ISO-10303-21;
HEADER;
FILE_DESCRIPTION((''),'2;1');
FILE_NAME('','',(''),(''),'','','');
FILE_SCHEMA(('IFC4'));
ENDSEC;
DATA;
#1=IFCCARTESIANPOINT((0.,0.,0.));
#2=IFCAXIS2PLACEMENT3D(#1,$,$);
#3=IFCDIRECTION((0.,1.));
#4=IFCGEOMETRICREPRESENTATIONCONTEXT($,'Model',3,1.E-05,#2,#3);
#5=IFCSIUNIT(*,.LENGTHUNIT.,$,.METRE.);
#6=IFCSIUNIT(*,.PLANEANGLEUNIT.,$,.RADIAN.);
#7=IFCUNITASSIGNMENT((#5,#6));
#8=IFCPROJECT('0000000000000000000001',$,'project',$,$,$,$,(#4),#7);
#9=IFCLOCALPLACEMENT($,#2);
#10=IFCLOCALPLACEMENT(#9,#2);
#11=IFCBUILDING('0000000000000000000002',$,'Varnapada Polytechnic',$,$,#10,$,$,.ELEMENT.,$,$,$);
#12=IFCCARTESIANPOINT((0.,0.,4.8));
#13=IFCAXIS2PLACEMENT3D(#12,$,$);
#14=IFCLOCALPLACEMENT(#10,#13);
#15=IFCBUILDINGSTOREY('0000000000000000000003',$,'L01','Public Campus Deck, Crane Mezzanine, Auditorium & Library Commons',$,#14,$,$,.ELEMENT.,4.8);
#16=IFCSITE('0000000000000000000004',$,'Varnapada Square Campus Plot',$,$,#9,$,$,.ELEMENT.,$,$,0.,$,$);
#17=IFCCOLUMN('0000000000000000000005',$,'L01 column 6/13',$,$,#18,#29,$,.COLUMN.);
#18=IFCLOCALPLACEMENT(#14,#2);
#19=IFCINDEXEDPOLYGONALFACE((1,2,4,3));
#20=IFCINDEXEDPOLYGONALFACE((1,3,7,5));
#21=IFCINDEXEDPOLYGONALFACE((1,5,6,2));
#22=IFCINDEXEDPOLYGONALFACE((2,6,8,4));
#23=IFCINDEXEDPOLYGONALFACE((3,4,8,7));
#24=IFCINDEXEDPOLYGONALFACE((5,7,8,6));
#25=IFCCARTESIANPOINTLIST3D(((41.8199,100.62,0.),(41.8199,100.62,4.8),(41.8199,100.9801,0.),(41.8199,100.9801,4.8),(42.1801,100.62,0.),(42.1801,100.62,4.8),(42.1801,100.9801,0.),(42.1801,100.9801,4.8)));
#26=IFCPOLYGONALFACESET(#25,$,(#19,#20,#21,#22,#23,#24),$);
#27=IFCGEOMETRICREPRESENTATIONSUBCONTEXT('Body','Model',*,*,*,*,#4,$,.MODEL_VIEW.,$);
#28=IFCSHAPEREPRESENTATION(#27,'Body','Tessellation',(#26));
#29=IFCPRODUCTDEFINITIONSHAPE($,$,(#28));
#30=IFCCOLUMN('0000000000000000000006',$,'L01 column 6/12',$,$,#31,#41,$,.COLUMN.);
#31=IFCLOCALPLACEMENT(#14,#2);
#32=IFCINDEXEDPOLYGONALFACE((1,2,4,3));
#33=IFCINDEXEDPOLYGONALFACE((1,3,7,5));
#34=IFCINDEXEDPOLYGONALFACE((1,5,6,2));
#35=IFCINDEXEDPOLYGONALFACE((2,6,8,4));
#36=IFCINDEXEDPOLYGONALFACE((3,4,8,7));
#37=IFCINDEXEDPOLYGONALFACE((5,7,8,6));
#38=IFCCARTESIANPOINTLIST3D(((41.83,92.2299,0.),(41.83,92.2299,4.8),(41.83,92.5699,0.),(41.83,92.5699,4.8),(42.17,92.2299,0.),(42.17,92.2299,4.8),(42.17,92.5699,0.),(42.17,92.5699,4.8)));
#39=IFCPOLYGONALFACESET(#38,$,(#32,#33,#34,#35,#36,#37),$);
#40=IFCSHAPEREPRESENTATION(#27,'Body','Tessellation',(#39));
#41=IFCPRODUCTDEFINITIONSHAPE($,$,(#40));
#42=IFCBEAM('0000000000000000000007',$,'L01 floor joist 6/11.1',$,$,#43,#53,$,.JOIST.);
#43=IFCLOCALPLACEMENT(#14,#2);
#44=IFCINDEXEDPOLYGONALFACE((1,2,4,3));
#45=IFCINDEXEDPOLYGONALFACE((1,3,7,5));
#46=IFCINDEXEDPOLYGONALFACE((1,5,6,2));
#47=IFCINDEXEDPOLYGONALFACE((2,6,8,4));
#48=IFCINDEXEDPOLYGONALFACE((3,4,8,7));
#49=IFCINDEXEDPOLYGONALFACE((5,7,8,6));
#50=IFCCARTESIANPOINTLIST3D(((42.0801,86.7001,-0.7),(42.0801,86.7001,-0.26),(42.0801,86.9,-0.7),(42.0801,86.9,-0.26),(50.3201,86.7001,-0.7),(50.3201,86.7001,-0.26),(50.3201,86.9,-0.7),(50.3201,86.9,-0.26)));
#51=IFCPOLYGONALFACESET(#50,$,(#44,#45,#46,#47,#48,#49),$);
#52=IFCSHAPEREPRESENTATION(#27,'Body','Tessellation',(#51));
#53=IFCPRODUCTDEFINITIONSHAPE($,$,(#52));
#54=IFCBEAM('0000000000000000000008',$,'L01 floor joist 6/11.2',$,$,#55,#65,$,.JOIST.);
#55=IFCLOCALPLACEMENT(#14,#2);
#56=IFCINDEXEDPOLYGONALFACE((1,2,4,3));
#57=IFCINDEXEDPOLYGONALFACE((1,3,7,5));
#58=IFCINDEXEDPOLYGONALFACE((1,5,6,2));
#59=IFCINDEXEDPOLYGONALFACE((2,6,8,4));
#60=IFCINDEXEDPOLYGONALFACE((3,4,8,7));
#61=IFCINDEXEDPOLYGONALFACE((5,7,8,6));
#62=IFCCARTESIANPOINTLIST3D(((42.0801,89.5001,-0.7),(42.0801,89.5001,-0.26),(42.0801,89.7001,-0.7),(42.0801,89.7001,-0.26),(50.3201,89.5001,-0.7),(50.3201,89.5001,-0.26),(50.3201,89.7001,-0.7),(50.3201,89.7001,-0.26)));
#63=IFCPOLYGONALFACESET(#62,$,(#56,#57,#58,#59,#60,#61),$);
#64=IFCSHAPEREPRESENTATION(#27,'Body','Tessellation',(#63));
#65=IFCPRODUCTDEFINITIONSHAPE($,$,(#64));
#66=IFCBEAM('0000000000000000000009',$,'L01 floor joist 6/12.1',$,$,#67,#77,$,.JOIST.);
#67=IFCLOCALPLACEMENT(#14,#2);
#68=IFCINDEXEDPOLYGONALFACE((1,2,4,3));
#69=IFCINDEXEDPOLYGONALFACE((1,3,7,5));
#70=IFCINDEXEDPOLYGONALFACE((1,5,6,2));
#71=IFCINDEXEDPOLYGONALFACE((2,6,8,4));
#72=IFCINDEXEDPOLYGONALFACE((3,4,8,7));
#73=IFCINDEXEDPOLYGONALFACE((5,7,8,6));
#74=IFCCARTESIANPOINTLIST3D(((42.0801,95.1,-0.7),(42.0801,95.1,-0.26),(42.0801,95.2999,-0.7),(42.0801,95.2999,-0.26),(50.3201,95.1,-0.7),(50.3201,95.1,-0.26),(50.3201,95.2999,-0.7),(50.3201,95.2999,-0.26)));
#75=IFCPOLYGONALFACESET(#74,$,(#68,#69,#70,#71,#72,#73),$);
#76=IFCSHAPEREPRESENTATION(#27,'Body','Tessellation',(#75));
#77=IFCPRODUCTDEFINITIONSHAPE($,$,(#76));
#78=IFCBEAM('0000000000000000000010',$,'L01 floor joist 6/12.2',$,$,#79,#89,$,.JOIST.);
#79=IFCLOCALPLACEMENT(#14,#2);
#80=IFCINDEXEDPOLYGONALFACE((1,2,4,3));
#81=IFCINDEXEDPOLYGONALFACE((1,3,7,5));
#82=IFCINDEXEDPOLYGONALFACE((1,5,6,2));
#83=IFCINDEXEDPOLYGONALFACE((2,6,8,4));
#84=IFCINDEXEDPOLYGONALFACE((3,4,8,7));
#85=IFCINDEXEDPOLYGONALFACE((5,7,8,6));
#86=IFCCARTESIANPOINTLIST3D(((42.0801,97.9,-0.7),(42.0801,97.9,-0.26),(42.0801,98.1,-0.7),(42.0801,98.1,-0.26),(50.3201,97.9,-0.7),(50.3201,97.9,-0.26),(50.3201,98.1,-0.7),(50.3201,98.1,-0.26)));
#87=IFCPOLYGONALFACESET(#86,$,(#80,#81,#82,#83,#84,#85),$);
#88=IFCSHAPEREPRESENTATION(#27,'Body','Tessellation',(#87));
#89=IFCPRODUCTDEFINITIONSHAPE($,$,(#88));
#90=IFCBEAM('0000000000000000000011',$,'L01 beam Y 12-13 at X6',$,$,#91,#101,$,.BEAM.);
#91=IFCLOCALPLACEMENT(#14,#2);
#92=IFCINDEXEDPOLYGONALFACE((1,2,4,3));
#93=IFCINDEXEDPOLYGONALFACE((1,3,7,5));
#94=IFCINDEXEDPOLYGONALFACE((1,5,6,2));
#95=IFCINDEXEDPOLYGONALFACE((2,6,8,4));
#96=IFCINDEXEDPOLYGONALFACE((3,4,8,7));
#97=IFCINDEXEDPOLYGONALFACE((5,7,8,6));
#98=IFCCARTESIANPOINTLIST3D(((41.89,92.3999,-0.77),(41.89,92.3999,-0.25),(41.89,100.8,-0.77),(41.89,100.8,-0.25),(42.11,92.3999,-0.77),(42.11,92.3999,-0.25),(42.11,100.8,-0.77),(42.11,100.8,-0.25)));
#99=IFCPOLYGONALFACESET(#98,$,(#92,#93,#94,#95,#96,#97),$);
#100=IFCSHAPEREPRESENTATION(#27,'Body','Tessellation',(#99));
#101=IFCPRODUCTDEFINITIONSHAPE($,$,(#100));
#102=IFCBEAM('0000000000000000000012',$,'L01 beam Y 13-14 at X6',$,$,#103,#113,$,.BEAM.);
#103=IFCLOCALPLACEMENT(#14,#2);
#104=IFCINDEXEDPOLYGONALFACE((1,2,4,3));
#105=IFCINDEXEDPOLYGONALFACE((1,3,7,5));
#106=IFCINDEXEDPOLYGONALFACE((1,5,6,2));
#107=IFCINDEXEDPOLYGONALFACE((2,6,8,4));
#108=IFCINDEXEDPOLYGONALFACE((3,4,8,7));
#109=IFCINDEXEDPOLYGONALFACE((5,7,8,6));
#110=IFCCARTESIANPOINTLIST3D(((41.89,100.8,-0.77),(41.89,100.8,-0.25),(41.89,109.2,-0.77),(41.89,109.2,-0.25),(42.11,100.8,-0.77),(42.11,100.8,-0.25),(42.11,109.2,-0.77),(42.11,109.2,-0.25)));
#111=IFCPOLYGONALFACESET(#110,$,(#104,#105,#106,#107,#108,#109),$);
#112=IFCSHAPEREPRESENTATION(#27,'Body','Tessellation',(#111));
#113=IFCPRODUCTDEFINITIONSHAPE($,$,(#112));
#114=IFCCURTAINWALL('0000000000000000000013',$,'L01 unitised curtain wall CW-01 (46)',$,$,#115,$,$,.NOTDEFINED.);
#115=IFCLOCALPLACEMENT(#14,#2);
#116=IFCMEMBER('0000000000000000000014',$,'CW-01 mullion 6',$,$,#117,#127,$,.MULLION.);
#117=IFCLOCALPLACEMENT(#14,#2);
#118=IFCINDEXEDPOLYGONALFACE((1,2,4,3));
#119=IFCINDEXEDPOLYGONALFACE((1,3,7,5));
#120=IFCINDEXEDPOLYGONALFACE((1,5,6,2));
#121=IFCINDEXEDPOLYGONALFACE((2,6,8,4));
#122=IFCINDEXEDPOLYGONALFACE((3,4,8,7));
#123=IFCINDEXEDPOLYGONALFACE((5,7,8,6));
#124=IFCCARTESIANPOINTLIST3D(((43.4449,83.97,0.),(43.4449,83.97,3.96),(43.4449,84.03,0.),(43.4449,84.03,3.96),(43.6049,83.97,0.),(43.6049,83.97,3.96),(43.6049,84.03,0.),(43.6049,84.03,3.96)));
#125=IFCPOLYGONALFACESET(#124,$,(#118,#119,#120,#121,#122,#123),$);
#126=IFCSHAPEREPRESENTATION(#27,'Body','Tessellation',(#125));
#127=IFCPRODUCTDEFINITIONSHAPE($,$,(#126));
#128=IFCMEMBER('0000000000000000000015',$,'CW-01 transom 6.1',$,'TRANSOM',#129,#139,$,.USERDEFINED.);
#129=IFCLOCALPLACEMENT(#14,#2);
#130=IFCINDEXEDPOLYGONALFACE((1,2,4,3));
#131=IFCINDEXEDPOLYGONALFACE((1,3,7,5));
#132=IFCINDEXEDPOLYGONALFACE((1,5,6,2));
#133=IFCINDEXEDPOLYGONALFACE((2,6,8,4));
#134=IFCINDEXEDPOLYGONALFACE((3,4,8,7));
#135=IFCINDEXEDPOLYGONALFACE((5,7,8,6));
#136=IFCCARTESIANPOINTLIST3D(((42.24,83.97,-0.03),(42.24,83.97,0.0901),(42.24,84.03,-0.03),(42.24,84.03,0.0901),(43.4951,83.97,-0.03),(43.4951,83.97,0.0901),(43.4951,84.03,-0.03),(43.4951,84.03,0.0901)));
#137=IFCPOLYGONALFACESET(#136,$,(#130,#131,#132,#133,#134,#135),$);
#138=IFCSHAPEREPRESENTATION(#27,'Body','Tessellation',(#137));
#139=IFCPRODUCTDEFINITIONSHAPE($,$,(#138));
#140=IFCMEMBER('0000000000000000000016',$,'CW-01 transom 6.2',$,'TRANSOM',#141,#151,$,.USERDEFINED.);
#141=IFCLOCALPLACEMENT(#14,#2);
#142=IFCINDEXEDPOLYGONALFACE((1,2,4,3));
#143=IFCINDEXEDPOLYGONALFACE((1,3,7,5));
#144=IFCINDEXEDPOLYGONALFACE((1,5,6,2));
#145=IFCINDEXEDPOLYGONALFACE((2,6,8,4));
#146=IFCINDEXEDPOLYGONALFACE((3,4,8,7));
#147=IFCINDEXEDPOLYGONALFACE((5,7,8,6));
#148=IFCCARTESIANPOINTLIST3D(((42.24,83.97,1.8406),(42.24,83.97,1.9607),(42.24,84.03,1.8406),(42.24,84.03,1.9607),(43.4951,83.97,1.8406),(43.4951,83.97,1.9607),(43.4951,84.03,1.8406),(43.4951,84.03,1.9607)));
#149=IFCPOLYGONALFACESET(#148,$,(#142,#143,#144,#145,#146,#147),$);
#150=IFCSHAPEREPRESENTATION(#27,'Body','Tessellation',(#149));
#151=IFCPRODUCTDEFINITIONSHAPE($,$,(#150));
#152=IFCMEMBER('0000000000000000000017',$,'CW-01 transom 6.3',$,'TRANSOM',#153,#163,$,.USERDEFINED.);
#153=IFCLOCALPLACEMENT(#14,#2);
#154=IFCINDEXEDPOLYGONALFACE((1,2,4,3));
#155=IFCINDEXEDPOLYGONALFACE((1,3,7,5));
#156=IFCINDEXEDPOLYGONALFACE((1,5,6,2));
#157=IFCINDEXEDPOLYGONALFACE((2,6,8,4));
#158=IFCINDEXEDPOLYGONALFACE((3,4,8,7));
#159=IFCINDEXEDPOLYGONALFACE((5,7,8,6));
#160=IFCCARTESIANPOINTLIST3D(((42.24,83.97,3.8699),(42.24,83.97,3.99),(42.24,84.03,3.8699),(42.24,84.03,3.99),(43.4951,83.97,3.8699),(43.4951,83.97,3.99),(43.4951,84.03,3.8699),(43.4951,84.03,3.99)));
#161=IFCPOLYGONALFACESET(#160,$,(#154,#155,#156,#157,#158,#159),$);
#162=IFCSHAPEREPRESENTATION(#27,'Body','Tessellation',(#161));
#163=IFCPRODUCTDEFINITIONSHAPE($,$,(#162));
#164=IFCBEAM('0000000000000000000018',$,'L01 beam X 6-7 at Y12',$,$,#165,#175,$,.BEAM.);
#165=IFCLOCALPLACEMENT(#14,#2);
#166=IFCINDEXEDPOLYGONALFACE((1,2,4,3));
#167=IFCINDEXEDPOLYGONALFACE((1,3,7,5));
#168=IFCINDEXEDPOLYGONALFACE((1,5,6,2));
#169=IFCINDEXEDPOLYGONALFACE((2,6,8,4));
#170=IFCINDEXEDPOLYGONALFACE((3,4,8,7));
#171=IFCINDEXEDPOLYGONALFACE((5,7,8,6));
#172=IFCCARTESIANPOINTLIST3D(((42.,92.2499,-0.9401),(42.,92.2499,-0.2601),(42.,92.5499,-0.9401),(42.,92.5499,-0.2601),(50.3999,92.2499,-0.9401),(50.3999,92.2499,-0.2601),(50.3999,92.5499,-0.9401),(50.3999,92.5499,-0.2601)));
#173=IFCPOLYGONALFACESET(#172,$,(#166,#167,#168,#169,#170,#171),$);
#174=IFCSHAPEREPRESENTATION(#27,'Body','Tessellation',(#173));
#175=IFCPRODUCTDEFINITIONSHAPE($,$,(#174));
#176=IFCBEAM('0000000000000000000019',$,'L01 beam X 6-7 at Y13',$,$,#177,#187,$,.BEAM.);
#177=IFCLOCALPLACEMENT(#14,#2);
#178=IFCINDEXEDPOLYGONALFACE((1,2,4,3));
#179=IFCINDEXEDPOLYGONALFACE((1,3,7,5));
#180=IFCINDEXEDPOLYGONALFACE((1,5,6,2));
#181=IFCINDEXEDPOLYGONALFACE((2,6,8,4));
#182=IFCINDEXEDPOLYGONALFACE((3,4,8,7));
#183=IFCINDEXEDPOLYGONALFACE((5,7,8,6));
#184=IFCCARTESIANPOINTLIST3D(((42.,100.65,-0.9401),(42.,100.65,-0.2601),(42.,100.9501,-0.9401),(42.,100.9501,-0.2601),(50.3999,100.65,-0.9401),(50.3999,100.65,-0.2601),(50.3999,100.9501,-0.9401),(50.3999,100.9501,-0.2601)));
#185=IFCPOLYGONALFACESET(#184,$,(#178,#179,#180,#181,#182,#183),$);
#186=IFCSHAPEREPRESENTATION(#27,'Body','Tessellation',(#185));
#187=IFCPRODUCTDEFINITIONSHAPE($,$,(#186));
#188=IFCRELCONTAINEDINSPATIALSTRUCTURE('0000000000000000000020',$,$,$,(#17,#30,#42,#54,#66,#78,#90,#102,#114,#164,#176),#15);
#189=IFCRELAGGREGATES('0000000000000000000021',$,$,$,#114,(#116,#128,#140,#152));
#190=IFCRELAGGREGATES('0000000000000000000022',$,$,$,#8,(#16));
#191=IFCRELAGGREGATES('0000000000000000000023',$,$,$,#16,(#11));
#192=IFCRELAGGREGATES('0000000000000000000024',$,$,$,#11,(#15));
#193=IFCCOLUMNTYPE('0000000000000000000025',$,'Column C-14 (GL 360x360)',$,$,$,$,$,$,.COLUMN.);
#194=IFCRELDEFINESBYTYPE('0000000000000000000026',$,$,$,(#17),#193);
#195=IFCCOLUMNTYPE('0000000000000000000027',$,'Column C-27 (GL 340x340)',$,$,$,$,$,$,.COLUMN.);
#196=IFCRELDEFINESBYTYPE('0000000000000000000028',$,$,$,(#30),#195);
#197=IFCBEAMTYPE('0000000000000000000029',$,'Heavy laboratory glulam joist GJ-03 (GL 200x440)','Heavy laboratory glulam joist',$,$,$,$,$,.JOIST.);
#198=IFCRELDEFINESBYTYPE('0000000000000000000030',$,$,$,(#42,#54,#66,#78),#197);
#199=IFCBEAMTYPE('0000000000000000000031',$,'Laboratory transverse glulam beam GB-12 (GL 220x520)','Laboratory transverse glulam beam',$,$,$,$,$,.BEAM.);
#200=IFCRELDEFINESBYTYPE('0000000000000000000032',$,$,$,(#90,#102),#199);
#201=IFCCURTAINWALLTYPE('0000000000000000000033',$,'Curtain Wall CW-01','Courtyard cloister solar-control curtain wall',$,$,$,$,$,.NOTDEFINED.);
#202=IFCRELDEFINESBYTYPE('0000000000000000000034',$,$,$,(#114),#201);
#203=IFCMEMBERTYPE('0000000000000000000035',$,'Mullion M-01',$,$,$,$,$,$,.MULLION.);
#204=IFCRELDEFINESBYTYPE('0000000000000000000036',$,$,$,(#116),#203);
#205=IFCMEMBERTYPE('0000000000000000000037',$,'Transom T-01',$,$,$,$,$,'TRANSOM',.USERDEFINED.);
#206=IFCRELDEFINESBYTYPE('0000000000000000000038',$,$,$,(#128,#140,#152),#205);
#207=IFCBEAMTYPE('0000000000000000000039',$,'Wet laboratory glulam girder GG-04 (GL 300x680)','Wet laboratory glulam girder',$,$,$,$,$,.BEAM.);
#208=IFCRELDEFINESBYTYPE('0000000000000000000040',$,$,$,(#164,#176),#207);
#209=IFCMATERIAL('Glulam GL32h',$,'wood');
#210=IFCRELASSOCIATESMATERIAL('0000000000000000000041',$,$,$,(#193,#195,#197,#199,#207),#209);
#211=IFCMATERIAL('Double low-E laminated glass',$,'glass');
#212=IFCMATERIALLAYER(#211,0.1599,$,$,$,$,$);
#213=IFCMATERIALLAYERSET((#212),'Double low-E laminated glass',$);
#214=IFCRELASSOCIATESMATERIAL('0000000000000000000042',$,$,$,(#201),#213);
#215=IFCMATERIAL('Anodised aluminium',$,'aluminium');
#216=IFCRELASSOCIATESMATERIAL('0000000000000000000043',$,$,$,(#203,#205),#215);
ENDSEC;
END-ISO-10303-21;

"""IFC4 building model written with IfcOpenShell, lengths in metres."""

from ifc_helpers import new_model, si_unit, direction, frame, origin, origin_2d, place, context, subcontext, project, spatial, rectangle, extrude, material, layer, layer_set, material_profile, profile_set, type_object, element, aggregate, save


model = new_model("IFC4")

# Units and contexts
model_context = context("Model", 3, precision=1e-05, world=origin(), true_north=direction((0.0, 1.0)))
body_context = subcontext(model_context, "Body", "Model", "MODEL_VIEW")
ifc_project = project(units=[si_unit("LENGTHUNIT", "METRE"), si_unit("PLANEANGLEUNIT", "RADIAN")], contexts=[model_context])

# Site, building, storey
site_placement = place(None, origin())
site = spatial("IfcSite", under=ifc_project, at=site_placement, Name="Varnapada Square Campus Plot", CompositionType="ELEMENT", RefElevation=0.0)
building_placement = place(site_placement, origin())
building = spatial("IfcBuilding", under=site, at=building_placement, Name="Varnapada Polytechnic", CompositionType="ELEMENT")
storey_placement = place(building_placement, frame((0.0, 0.0, 4.8)))
storey = spatial("IfcBuildingStorey", under=building, at=storey_placement, Name="L01", Description="Public Campus Deck, Crane Mezzanine, Auditorium & Library Commons", CompositionType="ELEMENT", Elevation=4.8)

# Columns
ifc_material_1 = material(Name="Glulam GL32h", Category="wood")
ifc_material_profile_1 = material_profile(ifc_material_1, rectangle(XDim=0.3601, YDim=0.3601, at=origin_2d()), Name="GL 360x360")
ifc_profile_set_1 = profile_set([ifc_material_profile_1], Name="Glulam GL32h")
column_type_1 = type_object("IfcColumnType", Name="Column C-14 (GL 360x360)", PredefinedType="COLUMN", material=ifc_profile_set_1)
column_1_placement = place(storey_placement, frame((42.0, 100.8, 0.0), z_axis=(0.0, 0.0, 1.0), x_axis=(1.0, 0.0, 0.0)))
element("IfcColumn", 1, at=column_1_placement, inside=storey, type_object=column_type_1, Name="L01 column 6/13", PredefinedType="COLUMN", context=body_context, shape_type="SweptSolid", body=[
    extrude(rectangle(XDim=0.3601, YDim=0.3601, at=origin_2d()), origin(), (0.0, 0.0, 1.0), 4.8),
])
ifc_material_profile_2 = material_profile(ifc_material_1, rectangle(XDim=0.3401, YDim=0.3401, at=origin_2d()), Name="GL 340x340")
ifc_profile_set_2 = profile_set([ifc_material_profile_2], Name="Glulam GL32h")
column_type_2 = type_object("IfcColumnType", Name="Column C-27 (GL 340x340)", PredefinedType="COLUMN", material=ifc_profile_set_2)
column_2_placement = place(storey_placement, frame((42.0, 92.3999, 0.0), z_axis=(0.0, 0.0, 1.0), x_axis=(1.0, 0.0, 0.0)))
element("IfcColumn", 2, at=column_2_placement, inside=storey, type_object=column_type_2, Name="L01 column 6/12", PredefinedType="COLUMN", context=body_context, shape_type="SweptSolid", body=[
    extrude(rectangle(XDim=0.3401, YDim=0.3401, at=origin_2d()), origin(), (0.0, 0.0, 1.0), 4.8),
])

# Beams
ifc_material_profile_3 = material_profile(ifc_material_1, rectangle(XDim=0.2, YDim=0.4399, at=origin_2d()), Name="GL 200x440")
ifc_profile_set_3 = profile_set([ifc_material_profile_3], Name="Glulam GL32h")
beam_type_1 = type_object("IfcBeamType", Name="Heavy laboratory glulam joist GJ-03 (GL 200x440)", Description="Heavy laboratory glulam joist", PredefinedType="JOIST", material=ifc_profile_set_3)
for number, where, z_axis, x_axis, name in (
    (3, (42.0801, 86.8, -0.48), (1.0, 0.0, 0.0), (0.0, 1.0, 0.0), "L01 floor joist 6/11.1"),
    (4, (42.0801, 89.6001, -0.48), (1.0, 0.0, 0.0), (0.0, 1.0, 0.0), "L01 floor joist 6/11.2"),
    (5, (42.0801, 95.2, -0.48), (1.0, 0.0, 0.0), (0.0, 1.0, 0.0), "L01 floor joist 6/12.1"),
    (6, (42.0801, 98.0, -0.48), (1.0, 0.0, 0.0), (0.0, 1.0, 0.0), "L01 floor joist 6/12.2"),
):
    element("IfcBeam", number, at=place(storey_placement, frame(where, z_axis=z_axis, x_axis=x_axis)), inside=storey, type_object=beam_type_1, Name=name, PredefinedType="JOIST", context=body_context, shape_type="SweptSolid", body=[
        extrude(rectangle(XDim=0.2, YDim=0.4399, at=origin_2d()), origin(), (0.0, 0.0, 1.0), 8.24),
    ])
ifc_material_profile_4 = material_profile(ifc_material_1, rectangle(XDim=0.22, YDim=0.52, at=origin_2d()), Name="GL 220x520")
ifc_profile_set_4 = profile_set([ifc_material_profile_4], Name="Glulam GL32h")
beam_type_2 = type_object("IfcBeamType", Name="Laboratory transverse glulam beam GB-12 (GL 220x520)", Description="Laboratory transverse glulam beam", PredefinedType="BEAM", material=ifc_profile_set_4)
beam_1_placement = place(storey_placement, frame((42.0, 92.3999, -0.51), z_axis=(0.0, 1.0, 0.0), x_axis=(-1.0, 0.0, 0.0)))
element("IfcBeam", 7, at=beam_1_placement, inside=storey, type_object=beam_type_2, Name="L01 beam Y 12-13 at X6", PredefinedType="BEAM", context=body_context, shape_type="SweptSolid", body=[
    extrude(rectangle(XDim=0.22, YDim=0.52, at=origin_2d()), origin(), (0.0, 0.0, 1.0), 8.4001),
])
beam_2_placement = place(storey_placement, frame((42.0, 100.8, -0.51), z_axis=(0.0, 1.0, 0.0), x_axis=(-1.0, 0.0, 0.0)))
element("IfcBeam", 8, at=beam_2_placement, inside=storey, type_object=beam_type_2, Name="L01 beam Y 13-14 at X6", PredefinedType="BEAM", context=body_context, shape_type="SweptSolid", body=[
    extrude(rectangle(XDim=0.22, YDim=0.52, at=origin_2d()), origin(), (0.0, 0.0, 1.0), 8.3999),
])

# Curtain wall, members
ifc_material_2 = material(Name="Double low-E laminated glass", Category="glass")
ifc_layer_1 = layer(ifc_material_2, 0.1599)
ifc_layer_set_1 = layer_set([ifc_layer_1], Name="Double low-E laminated glass")
curtain_wall_type = type_object("IfcCurtainWallType", Name="Curtain Wall CW-01", Description="Courtyard cloister solar-control curtain wall", PredefinedType="NOTDEFINED", material=ifc_layer_set_1)
curtain_wall_placement = place(storey_placement, origin())
curtain_wall = element("IfcCurtainWall", 9, at=curtain_wall_placement, inside=storey, type_object=curtain_wall_type, Name="L01 unitised curtain wall CW-01 (46)", PredefinedType="NOTDEFINED")
ifc_material_3 = material(Name="Anodised aluminium", Category="aluminium")
ifc_material_profile_5 = material_profile(ifc_material_3, rectangle(XDim=0.0601, YDim=0.1599, at=origin_2d()), Name="ALU M60x160")
ifc_profile_set_5 = profile_set([ifc_material_profile_5], Name="Anodised aluminium")
member_type_1 = type_object("IfcMemberType", Name="Mullion M-01", PredefinedType="MULLION", material=ifc_profile_set_5)
member_1_placement = place(storey_placement, frame((43.5249, 84.0, 0.0), z_axis=(0.0, 0.0, 1.0), x_axis=(0.0, -1.0, 0.0)))
member_1 = element("IfcMember", 10, at=member_1_placement, type_object=member_type_1, Name="CW-01 mullion 6", PredefinedType="MULLION", context=body_context, shape_type="SweptSolid", body=[
    extrude(rectangle(XDim=0.0601, YDim=0.1599, at=origin_2d()), origin(), (0.0, 0.0, 1.0), 3.96),
])
ifc_material_profile_6 = material_profile(ifc_material_3, rectangle(XDim=0.0601, YDim=0.1201, at=origin_2d()), Name="ALU T60x120")
ifc_profile_set_6 = profile_set([ifc_material_profile_6], Name="Anodised aluminium")
member_type_2 = type_object("IfcMemberType", Name="Transom T-01", ElementType="TRANSOM", PredefinedType="USERDEFINED", material=ifc_profile_set_6)
member_2_placement = place(storey_placement, frame((43.4951, 84.0, 0.03), z_axis=(-1.0, 0.0, 0.0), x_axis=(0.0, -1.0, 0.0)))
member_2 = element("IfcMember", 11, at=member_2_placement, type_object=member_type_2, Name="CW-01 transom 6.1", ObjectType="TRANSOM", PredefinedType="USERDEFINED", context=body_context, shape_type="SweptSolid", body=[
    extrude(rectangle(XDim=0.0601, YDim=0.1201, at=origin_2d()), origin(), (0.0, 0.0, 1.0), 1.2551),
])
member_3_placement = place(storey_placement, frame((43.4951, 84.0, 1.9006), z_axis=(-1.0, 0.0, 0.0), x_axis=(0.0, -1.0, 0.0)))
member_3 = element("IfcMember", 12, at=member_3_placement, type_object=member_type_2, Name="CW-01 transom 6.2", ObjectType="TRANSOM", PredefinedType="USERDEFINED", context=body_context, shape_type="SweptSolid", body=[
    extrude(rectangle(XDim=0.0601, YDim=0.1201, at=origin_2d()), origin(), (0.0, 0.0, 1.0), 1.2551),
])
member_4_placement = place(storey_placement, frame((43.4951, 84.0, 3.9299), z_axis=(-1.0, 0.0, 0.0), x_axis=(0.0, -1.0, 0.0)))
member_4 = element("IfcMember", 13, at=member_4_placement, type_object=member_type_2, Name="CW-01 transom 6.3", ObjectType="TRANSOM", PredefinedType="USERDEFINED", context=body_context, shape_type="SweptSolid", body=[
    extrude(rectangle(XDim=0.0601, YDim=0.1201, at=origin_2d()), origin(), (0.0, 0.0, 1.0), 1.2551),
])

# Beams
ifc_material_profile_7 = material_profile(ifc_material_1, rectangle(XDim=0.3, YDim=0.6799, at=origin_2d()), Name="GL 300x680")
ifc_profile_set_7 = profile_set([ifc_material_profile_7], Name="Glulam GL32h")
beam_type_3 = type_object("IfcBeamType", Name="Wet laboratory glulam girder GG-04 (GL 300x680)", Description="Wet laboratory glulam girder", PredefinedType="BEAM", material=ifc_profile_set_7)
for number, where, z_axis, x_axis, name in (
    (14, (42.0, 92.3999, -0.6001), (1.0, 0.0, 0.0), (0.0, 1.0, 0.0), "L01 beam X 6-7 at Y12"),
    (15, (42.0, 100.8, -0.6001), (1.0, 0.0, 0.0), (0.0, 1.0, 0.0), "L01 beam X 6-7 at Y13"),
):
    element("IfcBeam", number, at=place(storey_placement, frame(where, z_axis=z_axis, x_axis=x_axis)), inside=storey, type_object=beam_type_3, Name=name, PredefinedType="BEAM", context=body_context, shape_type="SweptSolid", body=[
        extrude(rectangle(XDim=0.3, YDim=0.6799, at=origin_2d()), origin(), (0.0, 0.0, 1.0), 8.3999),
    ])

aggregate(curtain_wall, [member_1, member_2, member_3, member_4])

save(model, "model.ifc")
